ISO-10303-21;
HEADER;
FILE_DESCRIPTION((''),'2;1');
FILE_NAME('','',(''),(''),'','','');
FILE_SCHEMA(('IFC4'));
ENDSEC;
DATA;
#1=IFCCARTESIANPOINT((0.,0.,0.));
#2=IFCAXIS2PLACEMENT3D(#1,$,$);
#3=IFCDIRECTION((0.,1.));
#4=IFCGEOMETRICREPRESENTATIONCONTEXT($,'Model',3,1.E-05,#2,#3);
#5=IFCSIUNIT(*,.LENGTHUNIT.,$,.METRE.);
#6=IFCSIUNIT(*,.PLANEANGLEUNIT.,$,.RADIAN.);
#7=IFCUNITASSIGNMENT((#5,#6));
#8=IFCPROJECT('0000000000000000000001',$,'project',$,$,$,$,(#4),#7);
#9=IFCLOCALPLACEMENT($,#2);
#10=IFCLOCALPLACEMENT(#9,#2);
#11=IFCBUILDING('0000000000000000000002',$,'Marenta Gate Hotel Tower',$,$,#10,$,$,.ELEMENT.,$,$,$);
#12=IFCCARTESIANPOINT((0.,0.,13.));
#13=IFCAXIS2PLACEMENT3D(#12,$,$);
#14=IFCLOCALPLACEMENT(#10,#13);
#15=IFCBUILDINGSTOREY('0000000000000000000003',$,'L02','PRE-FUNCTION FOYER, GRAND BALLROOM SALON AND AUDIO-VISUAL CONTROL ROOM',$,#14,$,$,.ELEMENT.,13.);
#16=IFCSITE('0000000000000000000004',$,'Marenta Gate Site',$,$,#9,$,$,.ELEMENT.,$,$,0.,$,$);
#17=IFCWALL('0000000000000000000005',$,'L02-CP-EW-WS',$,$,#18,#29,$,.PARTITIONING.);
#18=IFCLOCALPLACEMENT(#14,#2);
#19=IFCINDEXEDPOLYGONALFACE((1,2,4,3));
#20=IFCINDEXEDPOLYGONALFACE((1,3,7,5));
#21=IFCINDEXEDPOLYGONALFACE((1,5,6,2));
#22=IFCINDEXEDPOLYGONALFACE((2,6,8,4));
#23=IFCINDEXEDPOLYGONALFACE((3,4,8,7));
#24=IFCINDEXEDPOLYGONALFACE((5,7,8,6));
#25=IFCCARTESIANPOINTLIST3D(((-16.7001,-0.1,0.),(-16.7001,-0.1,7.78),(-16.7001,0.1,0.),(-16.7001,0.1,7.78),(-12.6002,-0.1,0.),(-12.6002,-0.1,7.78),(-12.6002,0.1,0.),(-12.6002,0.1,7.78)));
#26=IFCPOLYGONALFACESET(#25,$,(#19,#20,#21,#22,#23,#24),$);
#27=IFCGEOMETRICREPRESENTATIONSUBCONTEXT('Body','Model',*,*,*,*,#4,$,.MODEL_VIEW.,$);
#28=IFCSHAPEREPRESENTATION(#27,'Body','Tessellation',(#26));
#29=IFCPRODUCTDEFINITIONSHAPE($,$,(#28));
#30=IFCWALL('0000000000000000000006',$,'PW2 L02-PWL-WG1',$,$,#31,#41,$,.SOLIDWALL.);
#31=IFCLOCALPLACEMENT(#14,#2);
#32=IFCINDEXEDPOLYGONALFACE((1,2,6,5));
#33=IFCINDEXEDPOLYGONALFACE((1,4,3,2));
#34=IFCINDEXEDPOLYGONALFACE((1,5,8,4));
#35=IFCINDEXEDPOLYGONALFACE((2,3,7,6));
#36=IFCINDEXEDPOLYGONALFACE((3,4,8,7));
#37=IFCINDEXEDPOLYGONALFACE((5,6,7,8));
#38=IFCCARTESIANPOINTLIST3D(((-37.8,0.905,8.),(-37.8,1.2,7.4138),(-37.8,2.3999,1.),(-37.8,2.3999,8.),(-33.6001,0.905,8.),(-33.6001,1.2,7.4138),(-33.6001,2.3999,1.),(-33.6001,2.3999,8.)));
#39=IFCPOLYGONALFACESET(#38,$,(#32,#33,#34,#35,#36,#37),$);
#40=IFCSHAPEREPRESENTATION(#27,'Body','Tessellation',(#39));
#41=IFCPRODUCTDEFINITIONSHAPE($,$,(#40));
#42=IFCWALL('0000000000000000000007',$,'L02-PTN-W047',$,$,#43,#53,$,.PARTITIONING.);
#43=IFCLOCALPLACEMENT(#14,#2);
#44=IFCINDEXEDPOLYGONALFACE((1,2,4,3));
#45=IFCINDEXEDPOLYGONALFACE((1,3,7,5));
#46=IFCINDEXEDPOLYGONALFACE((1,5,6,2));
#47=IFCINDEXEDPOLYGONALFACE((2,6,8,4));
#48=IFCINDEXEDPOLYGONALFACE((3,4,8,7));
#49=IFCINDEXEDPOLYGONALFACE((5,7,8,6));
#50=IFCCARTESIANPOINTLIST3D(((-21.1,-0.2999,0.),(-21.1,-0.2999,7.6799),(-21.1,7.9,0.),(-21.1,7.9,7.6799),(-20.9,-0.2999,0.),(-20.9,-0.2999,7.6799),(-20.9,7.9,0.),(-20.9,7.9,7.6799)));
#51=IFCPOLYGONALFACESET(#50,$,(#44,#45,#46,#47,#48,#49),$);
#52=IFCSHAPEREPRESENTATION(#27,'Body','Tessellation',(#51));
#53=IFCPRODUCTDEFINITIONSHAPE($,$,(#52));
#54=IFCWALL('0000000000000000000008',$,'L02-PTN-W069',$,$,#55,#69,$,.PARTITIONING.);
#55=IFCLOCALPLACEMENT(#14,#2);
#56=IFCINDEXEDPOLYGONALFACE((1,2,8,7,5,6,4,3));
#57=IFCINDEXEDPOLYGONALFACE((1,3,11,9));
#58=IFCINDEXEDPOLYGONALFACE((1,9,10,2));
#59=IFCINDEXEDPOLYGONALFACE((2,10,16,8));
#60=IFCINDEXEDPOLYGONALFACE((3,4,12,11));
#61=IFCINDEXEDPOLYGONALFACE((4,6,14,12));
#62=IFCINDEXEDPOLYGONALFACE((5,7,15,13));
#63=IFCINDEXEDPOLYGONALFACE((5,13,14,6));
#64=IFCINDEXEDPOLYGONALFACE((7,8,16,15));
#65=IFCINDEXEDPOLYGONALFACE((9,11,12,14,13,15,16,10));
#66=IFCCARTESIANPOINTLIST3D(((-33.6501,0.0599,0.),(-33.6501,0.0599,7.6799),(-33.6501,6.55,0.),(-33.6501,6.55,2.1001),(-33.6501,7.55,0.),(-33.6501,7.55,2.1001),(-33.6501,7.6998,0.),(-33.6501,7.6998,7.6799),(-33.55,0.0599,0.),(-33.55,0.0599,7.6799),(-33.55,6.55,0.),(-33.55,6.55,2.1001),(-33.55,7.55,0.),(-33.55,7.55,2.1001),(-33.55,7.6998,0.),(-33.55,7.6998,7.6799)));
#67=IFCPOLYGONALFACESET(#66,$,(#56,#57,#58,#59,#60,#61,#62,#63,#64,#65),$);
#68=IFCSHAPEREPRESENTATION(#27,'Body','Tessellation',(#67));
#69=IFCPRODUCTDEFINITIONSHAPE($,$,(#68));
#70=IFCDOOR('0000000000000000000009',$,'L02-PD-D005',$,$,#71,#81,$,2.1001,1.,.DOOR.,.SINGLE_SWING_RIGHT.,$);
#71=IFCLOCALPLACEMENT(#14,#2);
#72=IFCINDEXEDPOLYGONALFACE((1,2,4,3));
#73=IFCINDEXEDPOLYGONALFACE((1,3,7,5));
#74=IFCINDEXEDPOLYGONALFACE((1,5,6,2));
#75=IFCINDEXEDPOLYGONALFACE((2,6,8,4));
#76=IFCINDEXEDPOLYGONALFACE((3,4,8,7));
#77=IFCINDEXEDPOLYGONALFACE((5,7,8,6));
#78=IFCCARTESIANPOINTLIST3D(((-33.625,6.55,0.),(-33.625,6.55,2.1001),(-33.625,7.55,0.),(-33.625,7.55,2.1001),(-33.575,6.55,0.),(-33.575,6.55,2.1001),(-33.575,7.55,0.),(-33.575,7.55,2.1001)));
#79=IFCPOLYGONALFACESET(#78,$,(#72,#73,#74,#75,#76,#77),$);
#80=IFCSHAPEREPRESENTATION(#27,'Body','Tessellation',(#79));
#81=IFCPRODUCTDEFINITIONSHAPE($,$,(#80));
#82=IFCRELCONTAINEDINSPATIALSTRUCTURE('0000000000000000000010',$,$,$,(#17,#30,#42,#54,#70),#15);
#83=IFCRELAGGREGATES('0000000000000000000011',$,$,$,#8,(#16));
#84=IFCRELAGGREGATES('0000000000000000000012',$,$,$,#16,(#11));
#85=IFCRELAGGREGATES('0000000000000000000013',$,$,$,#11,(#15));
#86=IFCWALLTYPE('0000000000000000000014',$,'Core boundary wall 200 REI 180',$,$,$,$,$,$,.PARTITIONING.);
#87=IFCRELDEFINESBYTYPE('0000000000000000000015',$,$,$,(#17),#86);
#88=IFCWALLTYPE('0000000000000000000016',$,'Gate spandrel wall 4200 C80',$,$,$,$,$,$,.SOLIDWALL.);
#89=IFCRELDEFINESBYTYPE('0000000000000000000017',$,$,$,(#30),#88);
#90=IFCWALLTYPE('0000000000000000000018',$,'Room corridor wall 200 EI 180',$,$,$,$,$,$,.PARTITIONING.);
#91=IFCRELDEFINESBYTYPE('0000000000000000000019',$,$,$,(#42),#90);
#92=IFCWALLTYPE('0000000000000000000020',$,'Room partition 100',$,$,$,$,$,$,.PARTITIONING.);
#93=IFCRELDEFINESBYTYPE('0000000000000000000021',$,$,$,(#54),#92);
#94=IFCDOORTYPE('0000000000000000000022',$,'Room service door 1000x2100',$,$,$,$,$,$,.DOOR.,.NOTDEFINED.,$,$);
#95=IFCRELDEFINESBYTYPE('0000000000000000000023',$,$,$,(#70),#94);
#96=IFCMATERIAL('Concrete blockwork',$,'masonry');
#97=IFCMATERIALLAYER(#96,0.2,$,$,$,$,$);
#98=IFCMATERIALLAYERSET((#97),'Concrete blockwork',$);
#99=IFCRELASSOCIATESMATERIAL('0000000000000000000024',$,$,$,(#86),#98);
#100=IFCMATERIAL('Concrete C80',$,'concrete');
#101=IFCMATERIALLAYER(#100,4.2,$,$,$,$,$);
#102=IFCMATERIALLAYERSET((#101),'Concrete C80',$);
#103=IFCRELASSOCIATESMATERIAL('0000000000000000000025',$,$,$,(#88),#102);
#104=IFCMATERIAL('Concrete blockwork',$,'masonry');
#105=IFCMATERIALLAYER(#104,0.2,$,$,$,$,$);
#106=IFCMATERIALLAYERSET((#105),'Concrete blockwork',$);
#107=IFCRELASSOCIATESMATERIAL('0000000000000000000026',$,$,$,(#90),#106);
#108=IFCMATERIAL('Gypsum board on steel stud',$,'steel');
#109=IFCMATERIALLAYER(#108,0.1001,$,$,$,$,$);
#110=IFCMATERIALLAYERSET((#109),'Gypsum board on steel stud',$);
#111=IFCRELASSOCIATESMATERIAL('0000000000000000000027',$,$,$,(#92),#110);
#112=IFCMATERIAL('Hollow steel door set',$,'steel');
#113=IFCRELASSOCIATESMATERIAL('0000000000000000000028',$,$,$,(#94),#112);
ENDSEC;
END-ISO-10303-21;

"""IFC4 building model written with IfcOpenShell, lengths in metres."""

from ifc_helpers import new_model, si_unit, direction, frame, frame_2d, origin, place, context, subcontext, project, spatial, polyline, rectangle, outline, extrude, material, layer, layer_set, type_object, element, fill, save


model = new_model("IFC4")

# Units and contexts
model_context = context("Model", 3, precision=1e-05, world=origin(), true_north=direction((0.0, 1.0)))
body_context = subcontext(model_context, "Body", "Model", "MODEL_VIEW")
ifc_project = project(units=[si_unit("LENGTHUNIT", "METRE"), si_unit("PLANEANGLEUNIT", "RADIAN")], contexts=[model_context])

# Site, building, storey
site_placement = place(None, origin())
site = spatial("IfcSite", under=ifc_project, at=site_placement, Name="Marenta Gate Site", CompositionType="ELEMENT", RefElevation=0.0)
building_placement = place(site_placement, origin())
building = spatial("IfcBuilding", under=site, at=building_placement, Name="Marenta Gate Hotel Tower", CompositionType="ELEMENT")
storey_placement = place(building_placement, frame((0.0, 0.0, 13.0)))
storey = spatial("IfcBuildingStorey", under=building, at=storey_placement, Name="L02", Description="PRE-FUNCTION FOYER, GRAND BALLROOM SALON AND AUDIO-VISUAL CONTROL ROOM", CompositionType="ELEMENT", Elevation=13.0)

# Shared definitions
ifc_material_1 = material(Name="Concrete blockwork", Category="masonry")
ifc_layer_1 = layer(ifc_material_1, 0.2)
ifc_layer_set_1 = layer_set([ifc_layer_1], Name="Concrete blockwork")
wall_type_1 = type_object("IfcWallType", Name="Core boundary wall 200 REI 180", PredefinedType="PARTITIONING", material=ifc_layer_set_1)

# Walls
wall_1_placement = place(storey_placement, frame((-16.7, 0.0, 0.0), z_axis=(0.0, 0.0, 1.0), x_axis=(1.0, 0.0, 0.0)))
element("IfcWall", 1, at=wall_1_placement, inside=storey, type_object=wall_type_1, Name="L02-CP-EW-WS", PredefinedType="PARTITIONING", context=body_context, shape_type="SweptSolid", body=[
    extrude(rectangle(XDim=4.0999, YDim=0.2, at=frame_2d((2.0498, 0.0))), origin(), (0.0, 0.0, 1.0), 7.78),
])
ifc_material_2 = material(Name="Concrete C80", Category="concrete")
ifc_layer_2 = layer(ifc_material_2, 4.2)
ifc_layer_set_2 = layer_set([ifc_layer_2], Name="Concrete C80")
wall_type_2 = type_object("IfcWallType", Name="Gate spandrel wall 4200 C80", PredefinedType="SOLIDWALL", material=ifc_layer_set_2)
wall_2_placement = place(storey_placement, frame((-37.8, 2.3999, 1.0), z_axis=(-1.0, 0.0, 0.0), x_axis=(0.0, -0.183898, 0.982945)))
element("IfcWall", 2, at=wall_2_placement, inside=storey, type_object=wall_type_2, Name="PW2 L02-PWL-WG1", PredefinedType="SOLIDWALL", context=body_context, shape_type="SweptSolid", body=[
    extrude(outline(polyline([(0.0, 0.0), (6.5251, 0.0), (7.1555, -0.1821), (6.8806, 1.2873), (0.0, 0.0)])), origin(), (0.0, 0.0, -1.0), 4.2),
])
ifc_material_3 = material(Name="Concrete blockwork", Category="masonry")
ifc_layer_3 = layer(ifc_material_3, 0.2)
ifc_layer_set_3 = layer_set([ifc_layer_3], Name="Concrete blockwork")
wall_type_3 = type_object("IfcWallType", Name="Room corridor wall 200 EI 180", PredefinedType="PARTITIONING", material=ifc_layer_set_3)
wall_3_placement = place(storey_placement, frame((-21.0, -0.3, 0.0), z_axis=(0.0, 0.0, 1.0), x_axis=(0.0, 1.0, 0.0)))
element("IfcWall", 3, at=wall_3_placement, inside=storey, type_object=wall_type_3, Name="L02-PTN-W047", PredefinedType="PARTITIONING", context=body_context, shape_type="SweptSolid", body=[
    extrude(rectangle(XDim=8.2, YDim=0.2, at=frame_2d((4.1001, 0.0))), origin(), (0.0, 0.0, 1.0), 7.6799),
])

# Wall, opening, door
ifc_material_4 = material(Name="Gypsum board on steel stud", Category="steel")
ifc_layer_4 = layer(ifc_material_4, 0.1001)
ifc_layer_set_4 = layer_set([ifc_layer_4], Name="Gypsum board on steel stud")
wall_type_4 = type_object("IfcWallType", Name="Room partition 100", PredefinedType="PARTITIONING", material=ifc_layer_set_4)
wall_4_placement = place(storey_placement, frame((-33.6001, 0.0601, 0.0), z_axis=(0.0, 0.0, 1.0), x_axis=(0.0, 1.0, 0.0)))
wall_4 = element("IfcWall", 4, at=wall_4_placement, inside=storey, type_object=wall_type_4, Name="L02-PTN-W069", PredefinedType="PARTITIONING", context=body_context, shape_type="SweptSolid", body=[
    extrude(rectangle(XDim=7.6399, YDim=0.1001, at=frame_2d((3.8198, 0.0))), origin(), (0.0, 0.0, 1.0), 7.6799),
])
opening_1_placement = place(wall_4_placement, frame((6.49, 0.0, 0.0)))
opening_1 = element("IfcOpeningElement", 5, at=opening_1_placement, cuts=wall_4, PredefinedType="OPENING", context=body_context, shape_type="SweptSolid", body=[
    extrude(rectangle(XDim=1.0, YDim=2.1001, at=frame_2d((0.5, 1.05))), frame((0.0, 0.05, 0.0), z_axis=(0.0, -1.0, 0.0), x_axis=(1.0, 0.0, 0.0)), (0.0, 0.0, 1.0), 0.1001),
])
ifc_material_5 = material(Name="Hollow steel door set", Category="steel")
door_type_1 = type_object("IfcDoorType", Name="Room service door 1000x2100", OperationType="NOTDEFINED", PredefinedType="DOOR", material=ifc_material_5)
door_1_placement = place(opening_1_placement, origin())
door_1 = element("IfcDoor", 6, at=door_1_placement, inside=storey, type_object=door_type_1, Name="L02-PD-D005", OperationType="SINGLE_SWING_RIGHT", OverallHeight=2.1001, OverallWidth=1.0, PredefinedType="DOOR", context=body_context, shape_type="SweptSolid", body=[
    extrude(rectangle(XDim=1.0, YDim=2.1001, at=frame_2d((0.5, 1.05))), frame((0.0, 0.0249, 0.0), z_axis=(0.0, -1.0, 0.0), x_axis=(1.0, 0.0, 0.0)), (0.0, 0.0, 1.0), 0.05),
])
fill(opening_1, door_1)

save(model, "model.ifc")
